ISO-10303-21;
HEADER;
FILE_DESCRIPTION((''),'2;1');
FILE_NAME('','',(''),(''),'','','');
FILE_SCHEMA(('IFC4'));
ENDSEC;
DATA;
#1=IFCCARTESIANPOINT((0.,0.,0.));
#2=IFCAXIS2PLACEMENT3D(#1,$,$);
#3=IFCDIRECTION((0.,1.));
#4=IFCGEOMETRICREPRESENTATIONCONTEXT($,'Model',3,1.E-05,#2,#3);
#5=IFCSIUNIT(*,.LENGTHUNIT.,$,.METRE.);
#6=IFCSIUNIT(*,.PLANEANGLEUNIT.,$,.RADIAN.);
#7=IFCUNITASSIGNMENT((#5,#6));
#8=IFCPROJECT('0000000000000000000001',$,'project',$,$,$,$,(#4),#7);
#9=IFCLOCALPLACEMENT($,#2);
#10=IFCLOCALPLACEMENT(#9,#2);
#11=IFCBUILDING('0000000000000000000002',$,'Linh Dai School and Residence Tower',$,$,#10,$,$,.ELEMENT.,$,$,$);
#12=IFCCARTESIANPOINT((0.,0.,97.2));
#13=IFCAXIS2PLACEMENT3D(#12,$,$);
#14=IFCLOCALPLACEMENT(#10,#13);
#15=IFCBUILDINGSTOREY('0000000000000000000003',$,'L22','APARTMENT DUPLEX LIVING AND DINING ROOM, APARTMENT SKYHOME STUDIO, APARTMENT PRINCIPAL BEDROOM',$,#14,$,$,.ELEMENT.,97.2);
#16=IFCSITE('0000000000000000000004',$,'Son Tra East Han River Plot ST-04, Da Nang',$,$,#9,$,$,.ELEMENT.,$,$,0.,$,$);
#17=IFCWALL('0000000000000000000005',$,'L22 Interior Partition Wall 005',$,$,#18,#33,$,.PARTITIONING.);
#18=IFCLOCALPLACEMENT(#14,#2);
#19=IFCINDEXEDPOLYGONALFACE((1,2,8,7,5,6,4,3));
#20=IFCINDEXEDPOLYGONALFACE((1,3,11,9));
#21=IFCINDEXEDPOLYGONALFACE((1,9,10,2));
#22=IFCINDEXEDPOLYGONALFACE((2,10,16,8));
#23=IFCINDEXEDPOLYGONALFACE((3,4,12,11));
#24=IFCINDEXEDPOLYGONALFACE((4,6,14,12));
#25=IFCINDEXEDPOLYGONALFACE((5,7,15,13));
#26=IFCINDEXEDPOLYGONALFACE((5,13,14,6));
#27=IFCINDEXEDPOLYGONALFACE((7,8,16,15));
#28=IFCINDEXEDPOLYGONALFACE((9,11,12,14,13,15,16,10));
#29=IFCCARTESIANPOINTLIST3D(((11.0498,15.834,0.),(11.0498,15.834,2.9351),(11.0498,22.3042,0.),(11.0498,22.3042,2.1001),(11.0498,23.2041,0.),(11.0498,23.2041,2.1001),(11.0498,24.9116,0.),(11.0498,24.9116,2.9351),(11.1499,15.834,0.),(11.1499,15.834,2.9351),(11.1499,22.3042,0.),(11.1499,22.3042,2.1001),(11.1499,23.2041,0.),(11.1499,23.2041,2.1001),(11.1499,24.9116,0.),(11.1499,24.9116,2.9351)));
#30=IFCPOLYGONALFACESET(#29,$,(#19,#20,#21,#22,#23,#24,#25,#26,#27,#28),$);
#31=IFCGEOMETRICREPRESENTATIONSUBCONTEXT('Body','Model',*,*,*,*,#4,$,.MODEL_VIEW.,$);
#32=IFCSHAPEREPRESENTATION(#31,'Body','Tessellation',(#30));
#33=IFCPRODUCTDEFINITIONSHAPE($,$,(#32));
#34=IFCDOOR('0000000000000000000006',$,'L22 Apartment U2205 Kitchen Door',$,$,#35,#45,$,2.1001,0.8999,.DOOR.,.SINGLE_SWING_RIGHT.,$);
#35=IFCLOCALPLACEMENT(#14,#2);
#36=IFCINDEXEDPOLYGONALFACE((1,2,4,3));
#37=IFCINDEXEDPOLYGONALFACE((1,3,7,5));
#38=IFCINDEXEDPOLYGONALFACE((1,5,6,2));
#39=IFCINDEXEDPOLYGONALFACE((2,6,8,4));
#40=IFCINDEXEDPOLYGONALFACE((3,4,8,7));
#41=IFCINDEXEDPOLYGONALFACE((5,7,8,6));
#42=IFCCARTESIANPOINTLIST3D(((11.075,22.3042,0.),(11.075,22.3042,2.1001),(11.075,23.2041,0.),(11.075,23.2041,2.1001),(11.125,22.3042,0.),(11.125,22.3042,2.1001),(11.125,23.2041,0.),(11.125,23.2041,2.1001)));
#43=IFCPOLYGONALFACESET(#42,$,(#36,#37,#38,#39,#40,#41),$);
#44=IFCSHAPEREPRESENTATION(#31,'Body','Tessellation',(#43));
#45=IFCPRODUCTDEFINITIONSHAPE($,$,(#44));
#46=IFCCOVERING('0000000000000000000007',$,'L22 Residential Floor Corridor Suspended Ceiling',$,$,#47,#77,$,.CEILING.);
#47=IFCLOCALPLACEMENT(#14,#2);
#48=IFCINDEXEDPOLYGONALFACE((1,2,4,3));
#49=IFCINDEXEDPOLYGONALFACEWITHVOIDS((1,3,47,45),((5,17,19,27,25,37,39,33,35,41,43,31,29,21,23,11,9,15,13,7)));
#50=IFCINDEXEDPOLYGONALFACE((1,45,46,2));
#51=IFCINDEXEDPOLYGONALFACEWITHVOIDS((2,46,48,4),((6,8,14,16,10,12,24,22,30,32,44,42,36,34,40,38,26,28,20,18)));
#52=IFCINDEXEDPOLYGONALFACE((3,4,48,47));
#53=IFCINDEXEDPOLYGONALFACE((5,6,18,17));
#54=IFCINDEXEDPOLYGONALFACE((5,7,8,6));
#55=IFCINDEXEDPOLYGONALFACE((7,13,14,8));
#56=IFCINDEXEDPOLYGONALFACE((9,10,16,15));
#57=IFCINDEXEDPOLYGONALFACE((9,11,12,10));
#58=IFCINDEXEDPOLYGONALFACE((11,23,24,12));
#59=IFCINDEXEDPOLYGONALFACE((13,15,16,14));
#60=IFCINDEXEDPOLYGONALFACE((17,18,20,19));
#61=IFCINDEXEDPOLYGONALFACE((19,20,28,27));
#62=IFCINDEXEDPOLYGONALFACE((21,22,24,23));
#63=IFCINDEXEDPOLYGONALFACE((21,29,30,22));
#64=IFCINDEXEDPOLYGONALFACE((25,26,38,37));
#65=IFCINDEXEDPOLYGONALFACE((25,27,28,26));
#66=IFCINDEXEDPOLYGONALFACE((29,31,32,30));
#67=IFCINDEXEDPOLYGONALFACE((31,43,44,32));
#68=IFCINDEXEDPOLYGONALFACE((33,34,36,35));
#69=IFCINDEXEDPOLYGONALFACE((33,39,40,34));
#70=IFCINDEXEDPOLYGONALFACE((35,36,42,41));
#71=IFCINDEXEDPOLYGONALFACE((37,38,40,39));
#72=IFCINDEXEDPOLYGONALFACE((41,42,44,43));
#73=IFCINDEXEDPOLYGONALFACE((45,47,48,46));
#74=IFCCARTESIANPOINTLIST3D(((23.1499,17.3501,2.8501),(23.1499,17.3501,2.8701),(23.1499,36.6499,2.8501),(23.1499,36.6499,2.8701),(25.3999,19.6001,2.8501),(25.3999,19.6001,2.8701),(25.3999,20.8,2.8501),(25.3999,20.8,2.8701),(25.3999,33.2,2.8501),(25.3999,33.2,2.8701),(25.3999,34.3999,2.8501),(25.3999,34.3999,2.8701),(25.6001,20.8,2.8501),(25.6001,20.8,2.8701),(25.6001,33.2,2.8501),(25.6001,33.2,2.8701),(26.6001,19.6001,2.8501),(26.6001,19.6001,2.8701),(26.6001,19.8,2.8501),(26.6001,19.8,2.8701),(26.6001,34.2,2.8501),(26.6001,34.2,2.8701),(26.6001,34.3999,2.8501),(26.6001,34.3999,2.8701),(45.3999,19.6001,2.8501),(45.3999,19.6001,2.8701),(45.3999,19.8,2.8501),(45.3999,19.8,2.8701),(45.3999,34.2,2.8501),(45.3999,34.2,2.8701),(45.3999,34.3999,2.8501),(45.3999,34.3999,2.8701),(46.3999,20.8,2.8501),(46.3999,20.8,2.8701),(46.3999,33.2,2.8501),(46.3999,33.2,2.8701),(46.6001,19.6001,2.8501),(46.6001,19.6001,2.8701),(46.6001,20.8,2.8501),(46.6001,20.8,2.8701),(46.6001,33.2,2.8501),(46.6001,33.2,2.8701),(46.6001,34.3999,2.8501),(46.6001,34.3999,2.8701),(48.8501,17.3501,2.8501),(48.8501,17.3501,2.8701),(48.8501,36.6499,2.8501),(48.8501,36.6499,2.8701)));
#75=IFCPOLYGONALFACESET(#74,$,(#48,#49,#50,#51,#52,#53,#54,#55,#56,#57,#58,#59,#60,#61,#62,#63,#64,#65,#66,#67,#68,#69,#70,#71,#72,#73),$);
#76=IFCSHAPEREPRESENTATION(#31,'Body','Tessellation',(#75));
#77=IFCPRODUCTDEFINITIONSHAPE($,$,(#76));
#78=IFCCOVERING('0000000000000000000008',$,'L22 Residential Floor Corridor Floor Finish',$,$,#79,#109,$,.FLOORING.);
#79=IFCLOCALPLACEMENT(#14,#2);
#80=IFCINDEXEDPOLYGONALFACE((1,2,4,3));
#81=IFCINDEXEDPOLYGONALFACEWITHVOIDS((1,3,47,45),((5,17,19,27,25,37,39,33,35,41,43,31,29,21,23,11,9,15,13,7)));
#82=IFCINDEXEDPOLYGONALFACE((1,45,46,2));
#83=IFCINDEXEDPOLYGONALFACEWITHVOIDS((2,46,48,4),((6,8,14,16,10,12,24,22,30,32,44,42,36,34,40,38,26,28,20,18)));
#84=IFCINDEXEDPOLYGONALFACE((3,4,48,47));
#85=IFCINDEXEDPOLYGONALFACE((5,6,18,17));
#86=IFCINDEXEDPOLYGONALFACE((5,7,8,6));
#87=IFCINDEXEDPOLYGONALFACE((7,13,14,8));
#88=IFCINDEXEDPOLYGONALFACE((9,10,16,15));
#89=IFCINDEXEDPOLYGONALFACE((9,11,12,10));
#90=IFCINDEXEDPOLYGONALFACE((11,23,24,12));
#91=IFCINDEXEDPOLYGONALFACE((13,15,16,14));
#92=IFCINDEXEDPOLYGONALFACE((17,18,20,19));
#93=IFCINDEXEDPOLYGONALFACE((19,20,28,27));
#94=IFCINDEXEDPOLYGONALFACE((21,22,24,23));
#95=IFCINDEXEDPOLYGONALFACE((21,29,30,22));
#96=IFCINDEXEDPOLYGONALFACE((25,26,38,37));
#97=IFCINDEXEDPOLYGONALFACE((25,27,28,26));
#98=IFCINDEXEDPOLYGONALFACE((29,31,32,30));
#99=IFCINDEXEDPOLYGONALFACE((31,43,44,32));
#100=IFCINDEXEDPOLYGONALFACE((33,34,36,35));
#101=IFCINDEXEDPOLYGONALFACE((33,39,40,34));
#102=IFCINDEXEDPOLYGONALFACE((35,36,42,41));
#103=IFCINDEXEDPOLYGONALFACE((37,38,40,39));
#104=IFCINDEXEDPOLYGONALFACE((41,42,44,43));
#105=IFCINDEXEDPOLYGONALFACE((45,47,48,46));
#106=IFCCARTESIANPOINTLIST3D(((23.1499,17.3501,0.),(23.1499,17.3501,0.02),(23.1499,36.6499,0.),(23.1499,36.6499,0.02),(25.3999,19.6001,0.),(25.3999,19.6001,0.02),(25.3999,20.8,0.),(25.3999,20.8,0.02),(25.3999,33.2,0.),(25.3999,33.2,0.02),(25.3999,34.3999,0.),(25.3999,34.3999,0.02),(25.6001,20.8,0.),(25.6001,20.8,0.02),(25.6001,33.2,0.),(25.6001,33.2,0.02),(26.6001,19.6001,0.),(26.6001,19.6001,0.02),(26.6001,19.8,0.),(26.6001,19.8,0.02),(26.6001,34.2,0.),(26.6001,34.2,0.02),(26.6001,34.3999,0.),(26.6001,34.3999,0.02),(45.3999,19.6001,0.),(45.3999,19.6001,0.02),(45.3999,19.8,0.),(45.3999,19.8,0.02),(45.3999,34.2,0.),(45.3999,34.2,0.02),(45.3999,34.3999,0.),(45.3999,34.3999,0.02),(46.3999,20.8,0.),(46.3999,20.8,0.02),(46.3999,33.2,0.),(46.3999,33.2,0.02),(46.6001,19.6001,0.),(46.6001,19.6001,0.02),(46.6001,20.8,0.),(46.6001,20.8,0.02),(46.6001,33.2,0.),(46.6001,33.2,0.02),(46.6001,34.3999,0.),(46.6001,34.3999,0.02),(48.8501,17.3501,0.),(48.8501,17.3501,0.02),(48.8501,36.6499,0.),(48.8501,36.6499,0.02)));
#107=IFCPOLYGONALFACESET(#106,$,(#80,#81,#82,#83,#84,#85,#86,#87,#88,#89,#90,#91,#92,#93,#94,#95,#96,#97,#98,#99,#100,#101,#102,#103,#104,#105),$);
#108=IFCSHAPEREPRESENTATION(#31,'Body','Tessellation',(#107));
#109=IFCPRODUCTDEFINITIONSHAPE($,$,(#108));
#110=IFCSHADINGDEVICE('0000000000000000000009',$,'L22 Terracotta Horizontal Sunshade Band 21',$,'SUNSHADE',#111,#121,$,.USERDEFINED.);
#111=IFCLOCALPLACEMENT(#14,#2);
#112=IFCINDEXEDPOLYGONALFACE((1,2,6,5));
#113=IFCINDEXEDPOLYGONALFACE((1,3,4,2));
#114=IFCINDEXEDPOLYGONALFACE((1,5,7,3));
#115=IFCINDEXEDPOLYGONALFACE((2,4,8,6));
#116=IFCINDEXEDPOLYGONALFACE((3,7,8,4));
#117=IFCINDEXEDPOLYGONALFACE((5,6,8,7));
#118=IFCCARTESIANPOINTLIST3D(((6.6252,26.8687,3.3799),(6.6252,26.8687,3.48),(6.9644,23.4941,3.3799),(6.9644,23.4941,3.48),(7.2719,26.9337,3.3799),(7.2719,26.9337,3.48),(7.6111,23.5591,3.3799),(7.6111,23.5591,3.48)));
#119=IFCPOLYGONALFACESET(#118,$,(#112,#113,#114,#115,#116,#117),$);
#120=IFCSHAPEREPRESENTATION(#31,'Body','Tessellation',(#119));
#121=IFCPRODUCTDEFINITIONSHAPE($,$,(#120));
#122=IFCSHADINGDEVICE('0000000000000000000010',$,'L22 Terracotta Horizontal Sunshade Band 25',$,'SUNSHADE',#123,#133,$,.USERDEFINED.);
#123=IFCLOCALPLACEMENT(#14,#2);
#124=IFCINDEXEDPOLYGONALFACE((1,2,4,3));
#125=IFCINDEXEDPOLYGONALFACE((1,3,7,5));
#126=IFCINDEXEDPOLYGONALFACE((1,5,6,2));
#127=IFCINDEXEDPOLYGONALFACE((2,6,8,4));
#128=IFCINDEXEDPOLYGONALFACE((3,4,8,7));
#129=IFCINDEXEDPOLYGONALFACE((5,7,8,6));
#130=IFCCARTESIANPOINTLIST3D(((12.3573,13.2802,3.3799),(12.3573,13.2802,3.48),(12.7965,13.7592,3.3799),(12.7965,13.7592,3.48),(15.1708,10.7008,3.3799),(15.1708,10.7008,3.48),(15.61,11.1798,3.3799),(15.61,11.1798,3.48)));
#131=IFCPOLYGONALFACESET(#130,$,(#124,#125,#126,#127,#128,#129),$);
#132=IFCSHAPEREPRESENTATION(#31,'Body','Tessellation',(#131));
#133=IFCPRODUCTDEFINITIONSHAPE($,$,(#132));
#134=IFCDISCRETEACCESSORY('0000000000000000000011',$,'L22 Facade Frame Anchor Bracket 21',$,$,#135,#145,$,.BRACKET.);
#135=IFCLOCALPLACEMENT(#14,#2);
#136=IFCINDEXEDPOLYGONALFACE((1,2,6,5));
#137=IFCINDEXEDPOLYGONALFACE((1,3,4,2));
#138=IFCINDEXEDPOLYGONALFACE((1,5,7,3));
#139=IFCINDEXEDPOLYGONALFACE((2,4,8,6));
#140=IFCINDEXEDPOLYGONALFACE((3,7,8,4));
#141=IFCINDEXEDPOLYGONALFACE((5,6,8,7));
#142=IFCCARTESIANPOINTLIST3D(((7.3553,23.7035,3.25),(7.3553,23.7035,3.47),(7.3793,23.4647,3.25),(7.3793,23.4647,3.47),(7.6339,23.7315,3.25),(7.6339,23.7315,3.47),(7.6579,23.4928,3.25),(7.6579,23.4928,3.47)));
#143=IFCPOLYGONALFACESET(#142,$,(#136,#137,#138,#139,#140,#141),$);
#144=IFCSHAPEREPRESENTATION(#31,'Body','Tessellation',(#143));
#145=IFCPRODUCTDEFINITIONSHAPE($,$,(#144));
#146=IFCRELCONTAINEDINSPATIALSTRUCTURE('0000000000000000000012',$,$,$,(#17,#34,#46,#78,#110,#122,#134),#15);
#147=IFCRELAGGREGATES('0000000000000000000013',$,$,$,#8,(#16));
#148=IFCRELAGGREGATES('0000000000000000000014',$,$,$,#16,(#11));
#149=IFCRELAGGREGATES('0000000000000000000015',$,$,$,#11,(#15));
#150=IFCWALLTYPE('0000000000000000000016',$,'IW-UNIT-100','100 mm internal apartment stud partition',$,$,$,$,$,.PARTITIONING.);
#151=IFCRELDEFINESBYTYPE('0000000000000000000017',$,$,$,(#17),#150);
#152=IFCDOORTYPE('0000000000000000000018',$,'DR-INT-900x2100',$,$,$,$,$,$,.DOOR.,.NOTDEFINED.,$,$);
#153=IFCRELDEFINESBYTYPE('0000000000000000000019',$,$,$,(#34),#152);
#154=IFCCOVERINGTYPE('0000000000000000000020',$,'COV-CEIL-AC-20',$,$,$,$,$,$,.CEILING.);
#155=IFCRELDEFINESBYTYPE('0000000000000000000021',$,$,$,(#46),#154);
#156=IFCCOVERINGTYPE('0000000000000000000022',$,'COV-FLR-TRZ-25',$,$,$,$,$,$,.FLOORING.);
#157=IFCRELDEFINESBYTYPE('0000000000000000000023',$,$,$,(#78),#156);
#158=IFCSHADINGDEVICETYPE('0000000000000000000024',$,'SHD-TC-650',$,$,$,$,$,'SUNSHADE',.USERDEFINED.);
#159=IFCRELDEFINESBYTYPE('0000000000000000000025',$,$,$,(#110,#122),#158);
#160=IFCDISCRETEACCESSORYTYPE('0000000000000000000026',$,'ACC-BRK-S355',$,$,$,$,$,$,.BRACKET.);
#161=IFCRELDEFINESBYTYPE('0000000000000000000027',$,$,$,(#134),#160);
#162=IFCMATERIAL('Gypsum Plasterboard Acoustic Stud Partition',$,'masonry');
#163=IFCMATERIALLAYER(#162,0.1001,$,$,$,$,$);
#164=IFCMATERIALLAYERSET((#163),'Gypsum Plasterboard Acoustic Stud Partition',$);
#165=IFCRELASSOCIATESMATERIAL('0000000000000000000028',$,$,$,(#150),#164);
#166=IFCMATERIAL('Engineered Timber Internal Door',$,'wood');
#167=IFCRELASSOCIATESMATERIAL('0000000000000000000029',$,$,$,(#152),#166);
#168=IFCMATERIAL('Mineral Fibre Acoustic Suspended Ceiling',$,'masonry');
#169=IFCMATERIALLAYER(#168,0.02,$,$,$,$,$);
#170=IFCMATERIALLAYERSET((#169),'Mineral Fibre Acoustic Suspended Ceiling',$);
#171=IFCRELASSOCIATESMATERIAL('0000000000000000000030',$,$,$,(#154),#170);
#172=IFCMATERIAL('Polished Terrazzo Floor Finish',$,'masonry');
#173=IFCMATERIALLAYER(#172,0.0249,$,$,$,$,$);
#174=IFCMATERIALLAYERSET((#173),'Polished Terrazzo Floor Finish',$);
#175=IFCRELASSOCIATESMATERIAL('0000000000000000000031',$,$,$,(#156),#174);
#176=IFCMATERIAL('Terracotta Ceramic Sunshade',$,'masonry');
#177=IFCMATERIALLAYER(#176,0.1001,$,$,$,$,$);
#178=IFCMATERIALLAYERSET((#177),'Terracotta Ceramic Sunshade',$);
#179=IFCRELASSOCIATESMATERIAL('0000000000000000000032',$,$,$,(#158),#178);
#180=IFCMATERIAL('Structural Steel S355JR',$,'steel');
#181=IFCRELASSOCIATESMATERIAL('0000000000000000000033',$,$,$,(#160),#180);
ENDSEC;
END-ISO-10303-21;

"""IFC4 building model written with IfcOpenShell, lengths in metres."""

from ifc_helpers import new_model, si_unit, direction, frame, frame_2d, origin, origin_2d, place, context, subcontext, project, spatial, polyline, rectangle, outline, extrude, source, transform, mapped, material, layer, layer_set, type_object, element, fill, save


model = new_model("IFC4")

# Units and contexts
model_context = context("Model", 3, precision=1e-05, world=origin(), true_north=direction((0.0, 1.0)))
body_context = subcontext(model_context, "Body", "Model", "MODEL_VIEW")
ifc_project = project(units=[si_unit("LENGTHUNIT", "METRE"), si_unit("PLANEANGLEUNIT", "RADIAN")], contexts=[model_context])

# Site, building, storey
site_placement = place(None, origin())
site = spatial("IfcSite", under=ifc_project, at=site_placement, Name="Son Tra East Han River Plot ST-04, Da Nang", CompositionType="ELEMENT", RefElevation=0.0)
building_placement = place(site_placement, origin())
building = spatial("IfcBuilding", under=site, at=building_placement, Name="Linh Dai School and Residence Tower", CompositionType="ELEMENT")
storey_placement = place(building_placement, frame((0.0, 0.0, 97.2)))
storey = spatial("IfcBuildingStorey", under=building, at=storey_placement, Name="L22", Description="APARTMENT DUPLEX LIVING AND DINING ROOM, APARTMENT SKYHOME STUDIO, APARTMENT PRINCIPAL BEDROOM", CompositionType="ELEMENT", Elevation=97.2)

# Shared definitions
ifc_material_1 = material(Name="Structural Steel S355JR", Category="steel")

# Shared definitions
ifc_material_2 = material(Name="Gypsum Plasterboard Acoustic Stud Partition", Category="masonry")
ifc_layer_1 = layer(ifc_material_2, 0.1001)
ifc_layer_set_1 = layer_set([ifc_layer_1], Name="Gypsum Plasterboard Acoustic Stud Partition")
wall_type_1 = type_object("IfcWallType", Name="IW-UNIT-100", Description="100 mm internal apartment stud partition", PredefinedType="PARTITIONING", material=ifc_layer_set_1)
ifc_material_3 = material(Name="Engineered Timber Internal Door", Category="wood")
door_type_1 = type_object("IfcDoorType", Name="DR-INT-900x2100", OperationType="NOTDEFINED", PredefinedType="DOOR", material=ifc_material_3)
shared_shape_1 = source(origin(), body_context, "Body", "SweptSolid", [
    extrude(rectangle(XDim=0.8999, YDim=2.1001, at=origin_2d()), frame((0.45, 0.0249, 1.05), z_axis=(0.0, -1.0, 0.0), x_axis=(1.0, 0.0, 0.0)), (0.0, 0.0, 1.0), 0.05),
])

# Wall, opening, door
wall_1_placement = place(storey_placement, frame((11.0999, 15.834, 0.0), z_axis=(0.0, 0.0, 1.0), x_axis=(0.0, 1.0, 0.0)))
wall_1 = element("IfcWall", 1, at=wall_1_placement, inside=storey, type_object=wall_type_1, Name="L22 Interior Partition Wall 005", PredefinedType="PARTITIONING", context=body_context, shape_type="SweptSolid", body=[
    extrude(rectangle(XDim=9.0776, YDim=0.1001, at=frame_2d((4.5388, 0.0))), origin(), (0.0, 0.0, 1.0), 2.9351),
])
opening_1_placement = place(wall_1_placement, frame((6.4702, 0.0, 0.0)))
opening_1 = element("IfcOpeningElement", 2, at=opening_1_placement, cuts=wall_1, PredefinedType="OPENING", context=body_context, shape_type="SweptSolid", body=[
    extrude(rectangle(XDim=0.8999, YDim=2.1001, at=origin_2d()), frame((0.45, 0.0601, 1.05), z_axis=(0.0, -1.0, 0.0), x_axis=(1.0, 0.0, 0.0)), (0.0, 0.0, 1.0), 0.1201),
])
door_1_placement = place(opening_1_placement, origin())
door_1 = element("IfcDoor", 3, at=door_1_placement, inside=storey, type_object=door_type_1, Name="L22 Apartment U2205 Kitchen Door", OperationType="SINGLE_SWING_RIGHT", OverallHeight=2.1001, OverallWidth=0.8999, PredefinedType="DOOR", context=body_context, shape_type="MappedRepresentation", body=[
    mapped(shared_shape_1, transform((0.0, 0.0, 0.0), x_axis=(1.0, 0.0, 0.0), y_axis=(0.0, 1.0, 0.0), z_axis=(0.0, 0.0, 1.0), scale=1.0)),
])
fill(opening_1, door_1)

# Coverings
ifc_material_4 = material(Name="Mineral Fibre Acoustic Suspended Ceiling", Category="masonry")
ifc_layer_2 = layer(ifc_material_4, 0.02)
ifc_layer_set_2 = layer_set([ifc_layer_2], Name="Mineral Fibre Acoustic Suspended Ceiling")
covering_type_1 = type_object("IfcCoveringType", Name="COV-CEIL-AC-20", PredefinedType="CEILING", material=ifc_layer_set_2)
covering_1_placement = place(storey_placement, frame((0.0, 0.0, 2.8501)))
element("IfcCovering", 4, at=covering_1_placement, inside=storey, type_object=covering_type_1, Name="L22 Residential Floor Corridor Suspended Ceiling", PredefinedType="CEILING", context=body_context, shape_type="SweptSolid", body=[
    extrude(outline(polyline([(48.8501, 36.6499), (48.8501, 17.3501), (23.1499, 17.3501), (23.1499, 36.6499), (48.8501, 36.6499)]), holes=[polyline([(26.6001, 34.2), (26.6001, 34.3999), (25.3999, 34.3999), (25.3999, 33.2), (25.6001, 33.2), (25.6001, 20.8), (25.3999, 20.8), (25.3999, 19.6001), (26.6001, 19.6001), (26.6001, 19.8), (45.3999, 19.8), (45.3999, 19.6001), (46.6001, 19.6001), (46.6001, 20.8), (46.3999, 20.8), (46.3999, 33.2), (46.6001, 33.2), (46.6001, 34.3999), (45.3999, 34.3999), (45.3999, 34.2), (26.6001, 34.2)])]), origin(), (0.0, 0.0, 1.0), 0.02),
])
ifc_material_5 = material(Name="Polished Terrazzo Floor Finish", Category="masonry")
ifc_layer_3 = layer(ifc_material_5, 0.0249)
ifc_layer_set_3 = layer_set([ifc_layer_3], Name="Polished Terrazzo Floor Finish")
covering_type_2 = type_object("IfcCoveringType", Name="COV-FLR-TRZ-25", PredefinedType="FLOORING", material=ifc_layer_set_3)
covering_2_placement = place(storey_placement, origin())
element("IfcCovering", 5, at=covering_2_placement, inside=storey, type_object=covering_type_2, Name="L22 Residential Floor Corridor Floor Finish", PredefinedType="FLOORING", context=body_context, shape_type="SweptSolid", body=[
    extrude(outline(polyline([(48.8501, 36.6499), (48.8501, 17.3501), (23.1499, 17.3501), (23.1499, 36.6499), (48.8501, 36.6499)]), holes=[polyline([(26.6001, 34.2), (26.6001, 34.3999), (25.3999, 34.3999), (25.3999, 33.2), (25.6001, 33.2), (25.6001, 20.8), (25.3999, 20.8), (25.3999, 19.6001), (26.6001, 19.6001), (26.6001, 19.8), (45.3999, 19.8), (45.3999, 19.6001), (46.6001, 19.6001), (46.6001, 20.8), (46.3999, 20.8), (46.3999, 33.2), (46.6001, 33.2), (46.6001, 34.3999), (45.3999, 34.3999), (45.3999, 34.2), (26.6001, 34.2)])]), origin(), (0.0, 0.0, 1.0), 0.02),
])

# Shading devices
ifc_material_6 = material(Name="Terracotta Ceramic Sunshade", Category="masonry")
ifc_layer_4 = layer(ifc_material_6, 0.1001)
ifc_layer_set_4 = layer_set([ifc_layer_4], Name="Terracotta Ceramic Sunshade")
shading_device_type = type_object("IfcShadingDeviceType", Name="SHD-TC-650", ElementType="SUNSHADE", PredefinedType="USERDEFINED", material=ifc_layer_set_4)
shared_shape_2 = source(origin(), body_context, "Body", "SweptSolid", [
    extrude(rectangle(XDim=3.3916, YDim=0.6499, at=origin_2d()), origin(), (0.0, 0.0, 1.0), 0.1001),
])
shading_device_1_placement = place(storey_placement, frame((7.1182, 25.2139, 3.3799), z_axis=(0.0, 0.0, 1.0), x_axis=(-0.100007, 0.994987, 0.0)))
element("IfcShadingDevice", 6, at=shading_device_1_placement, inside=storey, type_object=shading_device_type, Name="L22 Terracotta Horizontal Sunshade Band 21", ObjectType="SUNSHADE", PredefinedType="USERDEFINED", context=body_context, shape_type="MappedRepresentation", body=[
    mapped(shared_shape_2, transform((0.0, 0.0, 0.0), x_axis=(1.0, 0.0, 0.0), y_axis=(0.0, 1.0, 0.0), z_axis=(0.0, 0.0, 1.0), scale=1.0)),
])
shared_shape_3 = source(origin(), body_context, "Body", "SweptSolid", [
    extrude(rectangle(XDim=3.8169, YDim=0.6499, at=origin_2d()), origin(), (0.0, 0.0, 1.0), 0.1001),
])
shading_device_2_placement = place(storey_placement, frame((13.9836, 12.23, 3.3799), z_axis=(0.0, 0.0, 1.0), x_axis=(-0.7371, 0.675783, 0.0)))
element("IfcShadingDevice", 7, at=shading_device_2_placement, inside=storey, type_object=shading_device_type, Name="L22 Terracotta Horizontal Sunshade Band 25", ObjectType="SUNSHADE", PredefinedType="USERDEFINED", context=body_context, shape_type="MappedRepresentation", body=[
    mapped(shared_shape_3, transform((0.0, 0.0, 0.0), x_axis=(1.0, 0.0, 0.0), y_axis=(0.0, 1.0, 0.0), z_axis=(0.0, 0.0, 1.0), scale=1.0)),
])

# Discrete accessory
discrete_accessory_type = type_object("IfcDiscreteAccessoryType", Name="ACC-BRK-S355", PredefinedType="BRACKET", material=ifc_material_1)
shared_shape_4 = source(origin(), body_context, "Body", "SweptSolid", [
    extrude(rectangle(XDim=0.28, YDim=0.24, at=origin_2d()), origin(), (0.0, 0.0, 1.0), 0.22),
])
discrete_accessory_placement = place(storey_placement, frame((7.5066, 23.5981, 3.25), z_axis=(0.0, 0.0, 1.0), x_axis=(-0.994987, -0.100007, 0.0)))
element("IfcDiscreteAccessory", 8, at=discrete_accessory_placement, inside=storey, type_object=discrete_accessory_type, Name="L22 Facade Frame Anchor Bracket 21", PredefinedType="BRACKET", context=body_context, shape_type="MappedRepresentation", body=[
    mapped(shared_shape_4, transform((0.0, 0.0, 0.0), x_axis=(1.0, 0.0, 0.0), y_axis=(0.0, 1.0, 0.0), z_axis=(0.0, 0.0, 1.0), scale=1.0)),
])

save(model, "model.ifc")
